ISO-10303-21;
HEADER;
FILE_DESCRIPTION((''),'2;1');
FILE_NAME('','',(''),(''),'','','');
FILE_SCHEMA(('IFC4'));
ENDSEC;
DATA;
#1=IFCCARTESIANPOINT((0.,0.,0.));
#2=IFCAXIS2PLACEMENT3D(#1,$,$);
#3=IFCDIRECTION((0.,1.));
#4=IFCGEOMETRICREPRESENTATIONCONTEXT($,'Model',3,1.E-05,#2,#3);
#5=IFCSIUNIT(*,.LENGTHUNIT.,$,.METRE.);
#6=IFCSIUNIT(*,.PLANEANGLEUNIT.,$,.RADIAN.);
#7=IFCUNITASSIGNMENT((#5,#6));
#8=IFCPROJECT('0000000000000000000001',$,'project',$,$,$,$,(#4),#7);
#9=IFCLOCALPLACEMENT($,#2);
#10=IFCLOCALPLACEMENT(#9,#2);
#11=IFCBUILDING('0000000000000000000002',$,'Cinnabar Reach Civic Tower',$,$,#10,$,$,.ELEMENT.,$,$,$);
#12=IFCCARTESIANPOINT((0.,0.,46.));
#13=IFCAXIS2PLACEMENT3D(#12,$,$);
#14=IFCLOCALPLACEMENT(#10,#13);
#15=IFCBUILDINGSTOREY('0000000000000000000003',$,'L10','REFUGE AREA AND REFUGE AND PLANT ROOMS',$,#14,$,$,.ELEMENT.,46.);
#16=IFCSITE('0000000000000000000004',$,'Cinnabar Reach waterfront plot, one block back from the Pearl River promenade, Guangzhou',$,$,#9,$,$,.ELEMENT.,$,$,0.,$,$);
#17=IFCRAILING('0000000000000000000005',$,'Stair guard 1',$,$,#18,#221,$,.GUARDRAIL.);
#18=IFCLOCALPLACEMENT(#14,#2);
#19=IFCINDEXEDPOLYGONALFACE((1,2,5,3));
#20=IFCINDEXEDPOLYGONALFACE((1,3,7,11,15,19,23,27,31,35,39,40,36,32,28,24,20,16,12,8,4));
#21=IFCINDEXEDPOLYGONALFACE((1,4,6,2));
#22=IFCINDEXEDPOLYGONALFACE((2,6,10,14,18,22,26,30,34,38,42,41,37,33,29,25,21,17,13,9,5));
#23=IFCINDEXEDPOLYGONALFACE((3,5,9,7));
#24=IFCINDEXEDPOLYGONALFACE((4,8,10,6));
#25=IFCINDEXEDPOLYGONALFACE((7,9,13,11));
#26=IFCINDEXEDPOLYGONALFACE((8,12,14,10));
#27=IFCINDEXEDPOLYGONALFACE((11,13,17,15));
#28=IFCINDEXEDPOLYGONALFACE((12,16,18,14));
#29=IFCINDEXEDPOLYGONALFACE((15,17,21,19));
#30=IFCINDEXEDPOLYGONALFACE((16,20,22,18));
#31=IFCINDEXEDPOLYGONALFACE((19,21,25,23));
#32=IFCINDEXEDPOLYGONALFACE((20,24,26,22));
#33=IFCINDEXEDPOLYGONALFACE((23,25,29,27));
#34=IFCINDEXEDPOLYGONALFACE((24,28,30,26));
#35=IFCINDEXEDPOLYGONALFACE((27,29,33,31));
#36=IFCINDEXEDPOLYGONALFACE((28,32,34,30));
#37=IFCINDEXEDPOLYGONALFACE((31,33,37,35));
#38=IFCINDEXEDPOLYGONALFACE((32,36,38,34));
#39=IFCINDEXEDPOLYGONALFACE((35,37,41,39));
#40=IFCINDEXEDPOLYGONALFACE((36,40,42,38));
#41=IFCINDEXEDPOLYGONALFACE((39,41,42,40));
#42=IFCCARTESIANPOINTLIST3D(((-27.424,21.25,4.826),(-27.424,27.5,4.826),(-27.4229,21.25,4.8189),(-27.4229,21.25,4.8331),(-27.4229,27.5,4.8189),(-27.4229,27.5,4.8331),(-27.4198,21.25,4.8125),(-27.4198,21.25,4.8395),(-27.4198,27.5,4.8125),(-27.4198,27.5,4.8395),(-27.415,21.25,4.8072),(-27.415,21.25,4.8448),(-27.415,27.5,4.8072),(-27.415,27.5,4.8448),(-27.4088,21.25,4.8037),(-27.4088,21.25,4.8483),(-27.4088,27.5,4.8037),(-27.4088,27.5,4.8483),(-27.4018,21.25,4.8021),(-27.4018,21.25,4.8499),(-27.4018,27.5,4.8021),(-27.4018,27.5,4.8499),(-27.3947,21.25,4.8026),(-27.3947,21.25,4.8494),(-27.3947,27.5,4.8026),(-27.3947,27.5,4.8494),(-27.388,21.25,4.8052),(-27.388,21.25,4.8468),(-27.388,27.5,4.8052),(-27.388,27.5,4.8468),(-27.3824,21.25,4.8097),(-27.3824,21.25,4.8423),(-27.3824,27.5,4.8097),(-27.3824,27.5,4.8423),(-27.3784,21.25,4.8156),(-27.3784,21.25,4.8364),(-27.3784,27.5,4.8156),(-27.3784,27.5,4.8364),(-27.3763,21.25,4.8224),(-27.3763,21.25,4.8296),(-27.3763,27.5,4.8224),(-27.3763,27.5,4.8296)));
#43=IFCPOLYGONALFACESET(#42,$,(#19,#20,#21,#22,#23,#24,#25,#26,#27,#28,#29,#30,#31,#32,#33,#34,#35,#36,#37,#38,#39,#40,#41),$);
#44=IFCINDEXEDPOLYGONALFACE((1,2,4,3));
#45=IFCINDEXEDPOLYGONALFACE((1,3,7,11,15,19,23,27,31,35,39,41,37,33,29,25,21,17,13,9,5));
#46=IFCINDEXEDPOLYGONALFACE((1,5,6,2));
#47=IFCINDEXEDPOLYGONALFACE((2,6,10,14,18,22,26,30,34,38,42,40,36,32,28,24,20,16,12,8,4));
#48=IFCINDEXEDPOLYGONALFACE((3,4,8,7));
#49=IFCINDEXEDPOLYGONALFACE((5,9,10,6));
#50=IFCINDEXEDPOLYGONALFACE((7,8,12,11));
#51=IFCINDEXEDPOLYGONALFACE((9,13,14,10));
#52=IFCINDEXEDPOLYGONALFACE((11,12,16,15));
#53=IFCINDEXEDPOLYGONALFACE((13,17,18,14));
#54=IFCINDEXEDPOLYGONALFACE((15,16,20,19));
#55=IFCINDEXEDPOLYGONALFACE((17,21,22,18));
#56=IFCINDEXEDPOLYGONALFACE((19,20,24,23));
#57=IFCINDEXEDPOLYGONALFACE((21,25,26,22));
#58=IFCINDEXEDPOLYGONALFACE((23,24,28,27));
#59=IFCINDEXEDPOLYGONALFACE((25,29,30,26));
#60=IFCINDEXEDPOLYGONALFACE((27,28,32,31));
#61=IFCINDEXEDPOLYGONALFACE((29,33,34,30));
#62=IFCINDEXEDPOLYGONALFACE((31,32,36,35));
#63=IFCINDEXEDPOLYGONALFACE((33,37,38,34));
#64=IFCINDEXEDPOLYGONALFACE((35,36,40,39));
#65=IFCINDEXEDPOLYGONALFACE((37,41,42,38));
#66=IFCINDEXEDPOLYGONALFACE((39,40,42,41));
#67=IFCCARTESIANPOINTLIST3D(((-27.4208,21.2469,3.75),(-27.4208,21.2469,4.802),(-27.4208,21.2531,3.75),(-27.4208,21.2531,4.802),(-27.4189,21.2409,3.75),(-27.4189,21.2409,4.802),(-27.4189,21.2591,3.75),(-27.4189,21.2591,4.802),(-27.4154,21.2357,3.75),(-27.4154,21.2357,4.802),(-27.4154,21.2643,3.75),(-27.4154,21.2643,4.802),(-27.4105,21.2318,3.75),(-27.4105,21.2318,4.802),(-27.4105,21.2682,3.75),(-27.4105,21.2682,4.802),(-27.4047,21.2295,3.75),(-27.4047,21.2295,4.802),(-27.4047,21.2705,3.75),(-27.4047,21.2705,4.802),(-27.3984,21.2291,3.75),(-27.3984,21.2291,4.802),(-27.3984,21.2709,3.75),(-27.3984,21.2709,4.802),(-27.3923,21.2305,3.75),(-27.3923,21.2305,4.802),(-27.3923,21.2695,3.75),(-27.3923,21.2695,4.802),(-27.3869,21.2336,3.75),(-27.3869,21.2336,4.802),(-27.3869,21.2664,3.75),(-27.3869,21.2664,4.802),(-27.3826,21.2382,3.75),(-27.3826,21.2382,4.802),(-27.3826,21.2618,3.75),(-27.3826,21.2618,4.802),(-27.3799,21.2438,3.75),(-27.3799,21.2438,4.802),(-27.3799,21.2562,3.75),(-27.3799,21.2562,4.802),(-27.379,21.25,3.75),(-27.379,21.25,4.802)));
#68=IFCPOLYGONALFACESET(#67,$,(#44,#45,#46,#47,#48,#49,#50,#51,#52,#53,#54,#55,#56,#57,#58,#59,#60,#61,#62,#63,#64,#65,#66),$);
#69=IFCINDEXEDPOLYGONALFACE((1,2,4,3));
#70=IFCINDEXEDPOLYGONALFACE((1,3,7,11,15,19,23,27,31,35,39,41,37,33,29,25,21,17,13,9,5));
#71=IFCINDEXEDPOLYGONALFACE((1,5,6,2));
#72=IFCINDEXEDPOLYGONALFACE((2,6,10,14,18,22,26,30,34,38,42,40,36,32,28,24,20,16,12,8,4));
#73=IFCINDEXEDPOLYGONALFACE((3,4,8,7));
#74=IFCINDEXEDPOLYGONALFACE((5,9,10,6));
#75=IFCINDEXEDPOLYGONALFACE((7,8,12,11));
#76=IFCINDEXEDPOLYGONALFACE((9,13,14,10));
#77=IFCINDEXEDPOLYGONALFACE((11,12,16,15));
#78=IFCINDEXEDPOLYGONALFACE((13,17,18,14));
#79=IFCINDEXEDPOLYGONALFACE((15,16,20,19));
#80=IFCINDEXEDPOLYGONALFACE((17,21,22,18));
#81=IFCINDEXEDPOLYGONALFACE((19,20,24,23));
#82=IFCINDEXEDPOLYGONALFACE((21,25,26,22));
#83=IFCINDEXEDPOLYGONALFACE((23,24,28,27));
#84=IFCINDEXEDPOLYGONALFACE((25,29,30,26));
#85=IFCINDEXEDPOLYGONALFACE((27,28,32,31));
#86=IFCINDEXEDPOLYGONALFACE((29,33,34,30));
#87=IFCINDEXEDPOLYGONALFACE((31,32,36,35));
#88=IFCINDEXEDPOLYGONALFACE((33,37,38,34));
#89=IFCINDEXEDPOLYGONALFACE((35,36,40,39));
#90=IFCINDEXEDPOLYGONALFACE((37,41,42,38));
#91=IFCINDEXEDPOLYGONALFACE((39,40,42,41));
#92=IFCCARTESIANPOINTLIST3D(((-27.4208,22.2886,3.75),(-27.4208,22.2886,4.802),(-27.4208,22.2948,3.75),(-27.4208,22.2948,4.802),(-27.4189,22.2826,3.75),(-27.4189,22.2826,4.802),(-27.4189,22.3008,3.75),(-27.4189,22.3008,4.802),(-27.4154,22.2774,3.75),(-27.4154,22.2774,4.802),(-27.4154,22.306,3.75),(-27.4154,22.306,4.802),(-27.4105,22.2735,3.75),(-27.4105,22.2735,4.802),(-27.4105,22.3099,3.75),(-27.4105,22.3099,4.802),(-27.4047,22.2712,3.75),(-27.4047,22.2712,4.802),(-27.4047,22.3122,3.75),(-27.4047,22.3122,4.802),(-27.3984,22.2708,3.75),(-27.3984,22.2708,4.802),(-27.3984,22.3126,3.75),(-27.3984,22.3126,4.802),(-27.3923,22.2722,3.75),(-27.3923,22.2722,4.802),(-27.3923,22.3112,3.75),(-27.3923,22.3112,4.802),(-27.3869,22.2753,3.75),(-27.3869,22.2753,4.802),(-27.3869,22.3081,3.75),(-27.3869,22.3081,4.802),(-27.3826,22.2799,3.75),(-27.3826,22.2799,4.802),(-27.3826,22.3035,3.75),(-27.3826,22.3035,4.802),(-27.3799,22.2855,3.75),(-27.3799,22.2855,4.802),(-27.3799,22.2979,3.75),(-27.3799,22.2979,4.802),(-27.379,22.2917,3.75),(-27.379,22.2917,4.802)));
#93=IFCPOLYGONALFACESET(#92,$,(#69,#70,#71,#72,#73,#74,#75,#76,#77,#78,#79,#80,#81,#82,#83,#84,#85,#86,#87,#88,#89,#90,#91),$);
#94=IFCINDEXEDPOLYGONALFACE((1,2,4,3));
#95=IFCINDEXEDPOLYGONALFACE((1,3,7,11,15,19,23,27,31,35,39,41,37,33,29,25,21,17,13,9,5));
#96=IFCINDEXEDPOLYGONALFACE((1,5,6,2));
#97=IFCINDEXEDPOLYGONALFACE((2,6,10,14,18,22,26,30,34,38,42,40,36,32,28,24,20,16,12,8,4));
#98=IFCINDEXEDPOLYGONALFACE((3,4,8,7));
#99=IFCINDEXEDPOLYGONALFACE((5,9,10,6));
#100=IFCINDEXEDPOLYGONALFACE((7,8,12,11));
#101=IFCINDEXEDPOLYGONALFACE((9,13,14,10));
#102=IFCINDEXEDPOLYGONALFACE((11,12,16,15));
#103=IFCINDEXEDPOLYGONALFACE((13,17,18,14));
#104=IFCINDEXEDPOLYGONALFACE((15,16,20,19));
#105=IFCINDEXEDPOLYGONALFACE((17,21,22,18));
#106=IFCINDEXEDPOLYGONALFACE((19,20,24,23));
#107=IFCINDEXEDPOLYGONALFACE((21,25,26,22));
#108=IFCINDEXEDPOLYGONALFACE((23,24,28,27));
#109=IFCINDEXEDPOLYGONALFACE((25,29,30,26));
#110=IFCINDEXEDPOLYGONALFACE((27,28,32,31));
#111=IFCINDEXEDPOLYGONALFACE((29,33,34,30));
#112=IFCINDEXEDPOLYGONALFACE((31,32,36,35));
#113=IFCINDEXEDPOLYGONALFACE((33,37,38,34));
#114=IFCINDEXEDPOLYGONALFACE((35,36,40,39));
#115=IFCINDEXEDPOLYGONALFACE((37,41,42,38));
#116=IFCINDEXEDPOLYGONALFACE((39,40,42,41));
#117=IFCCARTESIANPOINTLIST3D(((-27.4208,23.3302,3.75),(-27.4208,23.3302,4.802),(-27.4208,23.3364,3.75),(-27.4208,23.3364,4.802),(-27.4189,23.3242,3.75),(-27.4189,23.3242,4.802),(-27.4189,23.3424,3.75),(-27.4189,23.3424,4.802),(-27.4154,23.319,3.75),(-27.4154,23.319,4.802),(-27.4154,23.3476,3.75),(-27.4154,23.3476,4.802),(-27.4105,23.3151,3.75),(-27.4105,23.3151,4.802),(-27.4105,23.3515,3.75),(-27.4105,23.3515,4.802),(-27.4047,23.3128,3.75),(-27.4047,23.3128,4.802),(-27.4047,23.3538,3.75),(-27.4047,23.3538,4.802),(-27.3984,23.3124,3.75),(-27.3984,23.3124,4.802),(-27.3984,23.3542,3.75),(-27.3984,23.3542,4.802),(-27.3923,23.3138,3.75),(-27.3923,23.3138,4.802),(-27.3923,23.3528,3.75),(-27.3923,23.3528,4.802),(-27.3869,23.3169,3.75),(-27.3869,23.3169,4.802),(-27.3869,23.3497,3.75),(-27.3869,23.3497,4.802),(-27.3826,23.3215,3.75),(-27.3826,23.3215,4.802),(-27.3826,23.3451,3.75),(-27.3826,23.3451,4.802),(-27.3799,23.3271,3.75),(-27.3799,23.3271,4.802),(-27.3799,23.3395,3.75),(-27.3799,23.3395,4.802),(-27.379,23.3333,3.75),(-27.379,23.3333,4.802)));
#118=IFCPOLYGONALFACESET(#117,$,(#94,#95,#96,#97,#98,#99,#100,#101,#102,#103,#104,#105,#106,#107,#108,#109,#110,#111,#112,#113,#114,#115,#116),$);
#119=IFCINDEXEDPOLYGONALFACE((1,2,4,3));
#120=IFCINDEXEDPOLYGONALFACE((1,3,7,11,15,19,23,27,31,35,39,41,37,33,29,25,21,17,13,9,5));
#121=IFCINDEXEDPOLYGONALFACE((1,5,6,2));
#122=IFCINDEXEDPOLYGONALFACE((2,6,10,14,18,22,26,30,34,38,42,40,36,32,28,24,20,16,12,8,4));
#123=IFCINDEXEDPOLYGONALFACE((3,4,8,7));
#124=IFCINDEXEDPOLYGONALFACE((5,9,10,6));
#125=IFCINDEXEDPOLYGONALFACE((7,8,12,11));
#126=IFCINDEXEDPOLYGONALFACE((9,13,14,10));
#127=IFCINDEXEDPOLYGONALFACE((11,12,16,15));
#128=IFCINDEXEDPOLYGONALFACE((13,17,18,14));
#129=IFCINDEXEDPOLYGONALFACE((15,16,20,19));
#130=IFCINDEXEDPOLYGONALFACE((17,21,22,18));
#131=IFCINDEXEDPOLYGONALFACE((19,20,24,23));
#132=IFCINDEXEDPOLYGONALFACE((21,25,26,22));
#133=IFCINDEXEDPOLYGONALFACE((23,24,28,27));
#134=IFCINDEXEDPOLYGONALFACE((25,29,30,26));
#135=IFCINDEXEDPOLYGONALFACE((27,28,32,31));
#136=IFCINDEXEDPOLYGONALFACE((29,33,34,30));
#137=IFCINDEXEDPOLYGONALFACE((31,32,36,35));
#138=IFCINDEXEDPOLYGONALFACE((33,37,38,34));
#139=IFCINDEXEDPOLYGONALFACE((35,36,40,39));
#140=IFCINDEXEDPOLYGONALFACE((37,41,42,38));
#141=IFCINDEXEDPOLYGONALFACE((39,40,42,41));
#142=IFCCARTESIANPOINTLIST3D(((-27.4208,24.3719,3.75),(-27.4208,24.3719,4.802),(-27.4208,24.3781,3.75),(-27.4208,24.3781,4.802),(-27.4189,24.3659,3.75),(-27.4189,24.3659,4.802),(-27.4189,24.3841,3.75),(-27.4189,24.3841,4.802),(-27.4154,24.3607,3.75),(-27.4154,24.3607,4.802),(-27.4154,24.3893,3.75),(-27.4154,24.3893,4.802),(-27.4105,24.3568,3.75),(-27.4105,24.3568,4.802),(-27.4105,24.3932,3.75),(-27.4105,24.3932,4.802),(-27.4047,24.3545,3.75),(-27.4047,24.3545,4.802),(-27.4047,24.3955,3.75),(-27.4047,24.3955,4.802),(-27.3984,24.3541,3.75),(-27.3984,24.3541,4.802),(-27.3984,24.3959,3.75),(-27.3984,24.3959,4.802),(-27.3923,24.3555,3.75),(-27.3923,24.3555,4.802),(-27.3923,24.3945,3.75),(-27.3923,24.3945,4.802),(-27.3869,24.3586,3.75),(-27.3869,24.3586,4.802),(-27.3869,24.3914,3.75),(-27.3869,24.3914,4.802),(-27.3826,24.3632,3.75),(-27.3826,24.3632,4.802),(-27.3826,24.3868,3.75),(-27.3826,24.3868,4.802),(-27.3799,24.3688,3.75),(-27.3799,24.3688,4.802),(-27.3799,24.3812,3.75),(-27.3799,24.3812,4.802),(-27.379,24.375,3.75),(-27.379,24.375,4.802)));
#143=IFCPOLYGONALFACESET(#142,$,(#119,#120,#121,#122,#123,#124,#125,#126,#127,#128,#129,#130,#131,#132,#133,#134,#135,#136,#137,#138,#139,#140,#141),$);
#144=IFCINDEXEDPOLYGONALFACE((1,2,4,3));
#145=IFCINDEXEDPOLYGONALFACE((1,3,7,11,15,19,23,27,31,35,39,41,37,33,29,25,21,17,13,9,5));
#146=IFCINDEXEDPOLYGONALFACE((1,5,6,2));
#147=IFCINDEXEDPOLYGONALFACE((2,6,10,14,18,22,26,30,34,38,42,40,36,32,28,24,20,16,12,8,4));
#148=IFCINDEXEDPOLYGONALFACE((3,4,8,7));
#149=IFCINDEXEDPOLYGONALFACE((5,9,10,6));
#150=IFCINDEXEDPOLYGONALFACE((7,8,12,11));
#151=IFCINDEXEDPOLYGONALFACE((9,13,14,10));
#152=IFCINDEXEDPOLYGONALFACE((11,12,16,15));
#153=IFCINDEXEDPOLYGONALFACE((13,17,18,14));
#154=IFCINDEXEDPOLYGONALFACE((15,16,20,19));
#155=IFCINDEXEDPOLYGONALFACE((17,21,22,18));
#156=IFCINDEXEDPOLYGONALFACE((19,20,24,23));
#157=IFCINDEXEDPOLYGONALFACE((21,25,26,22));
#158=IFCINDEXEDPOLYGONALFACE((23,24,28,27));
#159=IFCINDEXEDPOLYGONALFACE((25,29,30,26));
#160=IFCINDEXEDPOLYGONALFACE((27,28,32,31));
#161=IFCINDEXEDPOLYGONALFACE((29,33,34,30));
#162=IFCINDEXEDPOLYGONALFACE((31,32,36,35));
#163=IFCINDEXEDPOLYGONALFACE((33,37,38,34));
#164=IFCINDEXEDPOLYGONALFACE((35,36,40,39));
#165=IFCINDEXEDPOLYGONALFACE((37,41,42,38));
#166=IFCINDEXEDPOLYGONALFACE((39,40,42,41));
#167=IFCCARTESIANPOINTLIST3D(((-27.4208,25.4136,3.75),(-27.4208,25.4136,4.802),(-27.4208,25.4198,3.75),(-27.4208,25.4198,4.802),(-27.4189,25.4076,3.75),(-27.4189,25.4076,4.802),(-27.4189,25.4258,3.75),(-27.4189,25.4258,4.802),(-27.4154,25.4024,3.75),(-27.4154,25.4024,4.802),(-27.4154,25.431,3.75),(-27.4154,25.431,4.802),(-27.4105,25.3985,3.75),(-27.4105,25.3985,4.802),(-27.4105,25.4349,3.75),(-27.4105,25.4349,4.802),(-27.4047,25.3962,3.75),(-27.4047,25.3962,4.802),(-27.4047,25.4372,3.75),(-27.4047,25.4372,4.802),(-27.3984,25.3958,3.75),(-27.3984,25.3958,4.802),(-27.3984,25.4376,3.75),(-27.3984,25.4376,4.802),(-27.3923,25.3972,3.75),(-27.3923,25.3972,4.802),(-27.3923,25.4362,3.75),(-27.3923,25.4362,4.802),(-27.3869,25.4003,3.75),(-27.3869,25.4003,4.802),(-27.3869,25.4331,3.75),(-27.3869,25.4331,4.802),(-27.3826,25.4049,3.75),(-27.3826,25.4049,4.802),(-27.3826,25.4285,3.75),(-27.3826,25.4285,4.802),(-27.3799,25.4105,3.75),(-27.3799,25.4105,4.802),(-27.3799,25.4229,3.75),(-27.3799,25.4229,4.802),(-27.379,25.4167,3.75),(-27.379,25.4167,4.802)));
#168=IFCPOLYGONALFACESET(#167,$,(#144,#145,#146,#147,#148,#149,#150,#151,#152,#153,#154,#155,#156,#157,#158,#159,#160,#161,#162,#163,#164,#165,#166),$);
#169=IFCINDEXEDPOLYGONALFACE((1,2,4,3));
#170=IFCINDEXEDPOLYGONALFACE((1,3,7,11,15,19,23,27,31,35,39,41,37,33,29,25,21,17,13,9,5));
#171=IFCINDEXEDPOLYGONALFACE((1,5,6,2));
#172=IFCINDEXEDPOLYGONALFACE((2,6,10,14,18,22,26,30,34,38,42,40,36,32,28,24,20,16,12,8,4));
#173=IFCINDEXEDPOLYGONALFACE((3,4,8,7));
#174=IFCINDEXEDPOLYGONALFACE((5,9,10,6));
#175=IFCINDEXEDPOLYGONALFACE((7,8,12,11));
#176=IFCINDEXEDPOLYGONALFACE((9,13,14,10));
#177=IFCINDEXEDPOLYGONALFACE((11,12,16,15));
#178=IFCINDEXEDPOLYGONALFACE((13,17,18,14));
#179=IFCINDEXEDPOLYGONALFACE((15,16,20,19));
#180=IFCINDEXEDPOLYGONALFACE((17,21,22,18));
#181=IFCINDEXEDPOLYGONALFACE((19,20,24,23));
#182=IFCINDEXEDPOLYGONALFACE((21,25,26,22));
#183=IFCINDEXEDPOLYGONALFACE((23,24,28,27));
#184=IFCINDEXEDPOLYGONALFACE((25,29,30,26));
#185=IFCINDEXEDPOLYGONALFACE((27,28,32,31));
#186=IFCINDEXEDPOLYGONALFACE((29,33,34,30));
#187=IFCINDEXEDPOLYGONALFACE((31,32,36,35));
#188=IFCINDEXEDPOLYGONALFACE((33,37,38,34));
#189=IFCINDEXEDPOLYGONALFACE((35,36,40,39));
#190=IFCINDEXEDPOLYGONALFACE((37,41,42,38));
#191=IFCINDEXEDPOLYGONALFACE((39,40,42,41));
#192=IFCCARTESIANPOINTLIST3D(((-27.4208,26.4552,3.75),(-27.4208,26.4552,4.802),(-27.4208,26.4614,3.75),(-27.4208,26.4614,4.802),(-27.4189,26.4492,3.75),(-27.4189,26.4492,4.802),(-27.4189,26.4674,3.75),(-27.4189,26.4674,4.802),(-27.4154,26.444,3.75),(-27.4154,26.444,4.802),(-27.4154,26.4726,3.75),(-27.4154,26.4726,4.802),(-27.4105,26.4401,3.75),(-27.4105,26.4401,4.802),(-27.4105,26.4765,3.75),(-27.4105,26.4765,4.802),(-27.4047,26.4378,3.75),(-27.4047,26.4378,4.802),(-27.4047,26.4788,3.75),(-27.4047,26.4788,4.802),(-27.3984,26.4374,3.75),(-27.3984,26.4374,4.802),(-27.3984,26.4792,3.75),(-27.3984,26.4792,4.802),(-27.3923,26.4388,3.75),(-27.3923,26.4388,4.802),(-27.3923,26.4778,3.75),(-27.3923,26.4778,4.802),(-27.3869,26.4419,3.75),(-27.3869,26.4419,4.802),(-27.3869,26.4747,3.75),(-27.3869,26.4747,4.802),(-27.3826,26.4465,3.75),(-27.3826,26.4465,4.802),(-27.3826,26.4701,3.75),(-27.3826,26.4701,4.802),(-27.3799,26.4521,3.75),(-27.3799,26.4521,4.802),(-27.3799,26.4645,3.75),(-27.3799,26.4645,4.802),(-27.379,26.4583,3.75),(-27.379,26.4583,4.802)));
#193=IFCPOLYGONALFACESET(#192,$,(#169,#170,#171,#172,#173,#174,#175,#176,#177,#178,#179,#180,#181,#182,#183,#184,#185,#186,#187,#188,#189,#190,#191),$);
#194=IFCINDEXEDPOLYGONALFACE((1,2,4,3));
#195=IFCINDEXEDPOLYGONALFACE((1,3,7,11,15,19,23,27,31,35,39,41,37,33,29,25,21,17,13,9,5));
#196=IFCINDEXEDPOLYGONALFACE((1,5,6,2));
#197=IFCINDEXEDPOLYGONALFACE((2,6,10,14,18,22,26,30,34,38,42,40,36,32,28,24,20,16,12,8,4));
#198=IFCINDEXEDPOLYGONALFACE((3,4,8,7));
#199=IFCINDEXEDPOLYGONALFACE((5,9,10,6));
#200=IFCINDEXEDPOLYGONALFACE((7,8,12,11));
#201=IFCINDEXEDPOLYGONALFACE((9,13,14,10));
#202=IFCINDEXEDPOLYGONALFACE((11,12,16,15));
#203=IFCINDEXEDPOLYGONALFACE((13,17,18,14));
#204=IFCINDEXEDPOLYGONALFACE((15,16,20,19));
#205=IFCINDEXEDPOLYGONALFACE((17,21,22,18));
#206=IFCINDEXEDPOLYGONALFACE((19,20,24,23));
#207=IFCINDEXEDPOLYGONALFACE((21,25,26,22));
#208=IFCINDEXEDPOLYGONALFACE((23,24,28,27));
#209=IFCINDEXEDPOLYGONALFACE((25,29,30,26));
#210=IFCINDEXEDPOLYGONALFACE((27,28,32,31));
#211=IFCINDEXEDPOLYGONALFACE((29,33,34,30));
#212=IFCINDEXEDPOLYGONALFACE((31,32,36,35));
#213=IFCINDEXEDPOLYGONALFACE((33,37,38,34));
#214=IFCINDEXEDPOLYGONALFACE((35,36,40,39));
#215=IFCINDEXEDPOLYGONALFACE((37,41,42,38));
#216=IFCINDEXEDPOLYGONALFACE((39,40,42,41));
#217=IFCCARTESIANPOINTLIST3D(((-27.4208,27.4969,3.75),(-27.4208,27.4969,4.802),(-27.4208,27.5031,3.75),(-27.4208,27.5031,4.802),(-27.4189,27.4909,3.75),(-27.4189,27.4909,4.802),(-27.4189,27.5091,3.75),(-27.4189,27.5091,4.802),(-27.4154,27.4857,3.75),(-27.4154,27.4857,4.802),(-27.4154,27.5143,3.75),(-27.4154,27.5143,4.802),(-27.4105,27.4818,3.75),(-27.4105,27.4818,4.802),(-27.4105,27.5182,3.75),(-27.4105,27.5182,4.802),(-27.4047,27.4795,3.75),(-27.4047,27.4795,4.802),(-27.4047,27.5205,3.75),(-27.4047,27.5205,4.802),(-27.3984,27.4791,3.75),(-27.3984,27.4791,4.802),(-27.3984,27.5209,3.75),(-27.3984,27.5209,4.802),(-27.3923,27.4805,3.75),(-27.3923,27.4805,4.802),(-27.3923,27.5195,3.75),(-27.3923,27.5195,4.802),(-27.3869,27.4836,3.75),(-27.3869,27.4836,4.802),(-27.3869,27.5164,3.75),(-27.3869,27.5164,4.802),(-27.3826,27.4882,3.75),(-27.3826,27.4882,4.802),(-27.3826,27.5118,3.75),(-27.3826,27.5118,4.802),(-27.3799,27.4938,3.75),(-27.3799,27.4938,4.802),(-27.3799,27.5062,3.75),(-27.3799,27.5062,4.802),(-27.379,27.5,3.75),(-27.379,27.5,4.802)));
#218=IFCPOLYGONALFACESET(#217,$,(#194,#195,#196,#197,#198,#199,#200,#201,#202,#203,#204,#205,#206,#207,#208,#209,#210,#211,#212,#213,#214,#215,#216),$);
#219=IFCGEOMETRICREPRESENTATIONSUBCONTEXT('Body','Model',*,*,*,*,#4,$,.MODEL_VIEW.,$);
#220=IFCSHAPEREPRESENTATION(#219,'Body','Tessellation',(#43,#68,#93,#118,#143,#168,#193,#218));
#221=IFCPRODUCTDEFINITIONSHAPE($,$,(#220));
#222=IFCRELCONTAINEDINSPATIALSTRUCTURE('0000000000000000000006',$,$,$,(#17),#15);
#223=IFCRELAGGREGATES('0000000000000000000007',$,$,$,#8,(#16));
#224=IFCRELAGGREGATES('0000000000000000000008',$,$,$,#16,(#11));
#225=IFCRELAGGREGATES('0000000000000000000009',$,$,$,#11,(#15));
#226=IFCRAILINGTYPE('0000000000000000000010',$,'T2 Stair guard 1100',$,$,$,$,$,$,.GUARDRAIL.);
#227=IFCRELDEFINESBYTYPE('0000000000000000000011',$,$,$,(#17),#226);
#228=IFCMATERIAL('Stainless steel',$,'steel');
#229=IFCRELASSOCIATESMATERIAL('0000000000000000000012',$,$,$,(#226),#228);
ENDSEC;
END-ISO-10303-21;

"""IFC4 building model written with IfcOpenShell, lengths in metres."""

from ifc_helpers import new_model, si_unit, direction, frame, origin, origin_2d, place, context, subcontext, project, spatial, circle, extrude, material, type_object, element, save


model = new_model("IFC4")

# Units and contexts
model_context = context("Model", 3, precision=1e-05, world=origin(), true_north=direction((0.0, 1.0)))
body_context = subcontext(model_context, "Body", "Model", "MODEL_VIEW")
ifc_project = project(units=[si_unit("LENGTHUNIT", "METRE"), si_unit("PLANEANGLEUNIT", "RADIAN")], contexts=[model_context])

# Site, building, storey
site_placement = place(None, origin())
site = spatial("IfcSite", under=ifc_project, at=site_placement, Name="Cinnabar Reach waterfront plot, one block back from the Pearl River promenade, Guangzhou", CompositionType="ELEMENT", RefElevation=0.0)
building_placement = place(site_placement, origin())
building = spatial("IfcBuilding", under=site, at=building_placement, Name="Cinnabar Reach Civic Tower", CompositionType="ELEMENT")
storey_placement = place(building_placement, frame((0.0, 0.0, 46.0)))
storey = spatial("IfcBuildingStorey", under=building, at=storey_placement, Name="L10", Description="REFUGE AREA AND REFUGE AND PLANT ROOMS", CompositionType="ELEMENT", Elevation=46.0)

# Railing
ifc_material_1 = material(Name="Stainless steel", Category="steel")
railing_type = type_object("IfcRailingType", Name="T2 Stair guard 1100", PredefinedType="GUARDRAIL", material=ifc_material_1)
for number, where, name in (
    (1, (-27.4, 21.25, 3.75), "Stair guard 1"),
):
    element("IfcRailing", number, at=place(storey_placement, frame(where)), inside=storey, type_object=railing_type, Name=name, PredefinedType="GUARDRAIL", context=body_context, shape_type="SweptSolid", body=[
        extrude(circle(Radius=0.024, at=origin_2d()), frame((0.0, 0.0, 1.076), z_axis=(0.0, 1.0, 0.0), x_axis=(-1.0, 0.0, 0.0)), (0.0, 0.0, 1.0), 6.25),
        extrude(circle(Radius=0.021, at=origin_2d()), origin(), (0.0, 0.0, 1.0), 1.052),
        extrude(circle(Radius=0.021, at=origin_2d()), frame((0.0, 1.0417, 0.0)), (0.0, 0.0, 1.0), 1.052),
        extrude(circle(Radius=0.021, at=origin_2d()), frame((0.0, 2.0833, 0.0)), (0.0, 0.0, 1.0), 1.052),
        extrude(circle(Radius=0.021, at=origin_2d()), frame((0.0, 3.125, 0.0)), (0.0, 0.0, 1.0), 1.052),
        extrude(circle(Radius=0.021, at=origin_2d()), frame((0.0, 4.1667, 0.0)), (0.0, 0.0, 1.0), 1.052),
        extrude(circle(Radius=0.021, at=origin_2d()), frame((0.0, 5.2083, 0.0)), (0.0, 0.0, 1.0), 1.052),
        extrude(circle(Radius=0.021, at=origin_2d()), frame((0.0, 6.25, 0.0)), (0.0, 0.0, 1.0), 1.052),
    ])

save(model, "model.ifc")
